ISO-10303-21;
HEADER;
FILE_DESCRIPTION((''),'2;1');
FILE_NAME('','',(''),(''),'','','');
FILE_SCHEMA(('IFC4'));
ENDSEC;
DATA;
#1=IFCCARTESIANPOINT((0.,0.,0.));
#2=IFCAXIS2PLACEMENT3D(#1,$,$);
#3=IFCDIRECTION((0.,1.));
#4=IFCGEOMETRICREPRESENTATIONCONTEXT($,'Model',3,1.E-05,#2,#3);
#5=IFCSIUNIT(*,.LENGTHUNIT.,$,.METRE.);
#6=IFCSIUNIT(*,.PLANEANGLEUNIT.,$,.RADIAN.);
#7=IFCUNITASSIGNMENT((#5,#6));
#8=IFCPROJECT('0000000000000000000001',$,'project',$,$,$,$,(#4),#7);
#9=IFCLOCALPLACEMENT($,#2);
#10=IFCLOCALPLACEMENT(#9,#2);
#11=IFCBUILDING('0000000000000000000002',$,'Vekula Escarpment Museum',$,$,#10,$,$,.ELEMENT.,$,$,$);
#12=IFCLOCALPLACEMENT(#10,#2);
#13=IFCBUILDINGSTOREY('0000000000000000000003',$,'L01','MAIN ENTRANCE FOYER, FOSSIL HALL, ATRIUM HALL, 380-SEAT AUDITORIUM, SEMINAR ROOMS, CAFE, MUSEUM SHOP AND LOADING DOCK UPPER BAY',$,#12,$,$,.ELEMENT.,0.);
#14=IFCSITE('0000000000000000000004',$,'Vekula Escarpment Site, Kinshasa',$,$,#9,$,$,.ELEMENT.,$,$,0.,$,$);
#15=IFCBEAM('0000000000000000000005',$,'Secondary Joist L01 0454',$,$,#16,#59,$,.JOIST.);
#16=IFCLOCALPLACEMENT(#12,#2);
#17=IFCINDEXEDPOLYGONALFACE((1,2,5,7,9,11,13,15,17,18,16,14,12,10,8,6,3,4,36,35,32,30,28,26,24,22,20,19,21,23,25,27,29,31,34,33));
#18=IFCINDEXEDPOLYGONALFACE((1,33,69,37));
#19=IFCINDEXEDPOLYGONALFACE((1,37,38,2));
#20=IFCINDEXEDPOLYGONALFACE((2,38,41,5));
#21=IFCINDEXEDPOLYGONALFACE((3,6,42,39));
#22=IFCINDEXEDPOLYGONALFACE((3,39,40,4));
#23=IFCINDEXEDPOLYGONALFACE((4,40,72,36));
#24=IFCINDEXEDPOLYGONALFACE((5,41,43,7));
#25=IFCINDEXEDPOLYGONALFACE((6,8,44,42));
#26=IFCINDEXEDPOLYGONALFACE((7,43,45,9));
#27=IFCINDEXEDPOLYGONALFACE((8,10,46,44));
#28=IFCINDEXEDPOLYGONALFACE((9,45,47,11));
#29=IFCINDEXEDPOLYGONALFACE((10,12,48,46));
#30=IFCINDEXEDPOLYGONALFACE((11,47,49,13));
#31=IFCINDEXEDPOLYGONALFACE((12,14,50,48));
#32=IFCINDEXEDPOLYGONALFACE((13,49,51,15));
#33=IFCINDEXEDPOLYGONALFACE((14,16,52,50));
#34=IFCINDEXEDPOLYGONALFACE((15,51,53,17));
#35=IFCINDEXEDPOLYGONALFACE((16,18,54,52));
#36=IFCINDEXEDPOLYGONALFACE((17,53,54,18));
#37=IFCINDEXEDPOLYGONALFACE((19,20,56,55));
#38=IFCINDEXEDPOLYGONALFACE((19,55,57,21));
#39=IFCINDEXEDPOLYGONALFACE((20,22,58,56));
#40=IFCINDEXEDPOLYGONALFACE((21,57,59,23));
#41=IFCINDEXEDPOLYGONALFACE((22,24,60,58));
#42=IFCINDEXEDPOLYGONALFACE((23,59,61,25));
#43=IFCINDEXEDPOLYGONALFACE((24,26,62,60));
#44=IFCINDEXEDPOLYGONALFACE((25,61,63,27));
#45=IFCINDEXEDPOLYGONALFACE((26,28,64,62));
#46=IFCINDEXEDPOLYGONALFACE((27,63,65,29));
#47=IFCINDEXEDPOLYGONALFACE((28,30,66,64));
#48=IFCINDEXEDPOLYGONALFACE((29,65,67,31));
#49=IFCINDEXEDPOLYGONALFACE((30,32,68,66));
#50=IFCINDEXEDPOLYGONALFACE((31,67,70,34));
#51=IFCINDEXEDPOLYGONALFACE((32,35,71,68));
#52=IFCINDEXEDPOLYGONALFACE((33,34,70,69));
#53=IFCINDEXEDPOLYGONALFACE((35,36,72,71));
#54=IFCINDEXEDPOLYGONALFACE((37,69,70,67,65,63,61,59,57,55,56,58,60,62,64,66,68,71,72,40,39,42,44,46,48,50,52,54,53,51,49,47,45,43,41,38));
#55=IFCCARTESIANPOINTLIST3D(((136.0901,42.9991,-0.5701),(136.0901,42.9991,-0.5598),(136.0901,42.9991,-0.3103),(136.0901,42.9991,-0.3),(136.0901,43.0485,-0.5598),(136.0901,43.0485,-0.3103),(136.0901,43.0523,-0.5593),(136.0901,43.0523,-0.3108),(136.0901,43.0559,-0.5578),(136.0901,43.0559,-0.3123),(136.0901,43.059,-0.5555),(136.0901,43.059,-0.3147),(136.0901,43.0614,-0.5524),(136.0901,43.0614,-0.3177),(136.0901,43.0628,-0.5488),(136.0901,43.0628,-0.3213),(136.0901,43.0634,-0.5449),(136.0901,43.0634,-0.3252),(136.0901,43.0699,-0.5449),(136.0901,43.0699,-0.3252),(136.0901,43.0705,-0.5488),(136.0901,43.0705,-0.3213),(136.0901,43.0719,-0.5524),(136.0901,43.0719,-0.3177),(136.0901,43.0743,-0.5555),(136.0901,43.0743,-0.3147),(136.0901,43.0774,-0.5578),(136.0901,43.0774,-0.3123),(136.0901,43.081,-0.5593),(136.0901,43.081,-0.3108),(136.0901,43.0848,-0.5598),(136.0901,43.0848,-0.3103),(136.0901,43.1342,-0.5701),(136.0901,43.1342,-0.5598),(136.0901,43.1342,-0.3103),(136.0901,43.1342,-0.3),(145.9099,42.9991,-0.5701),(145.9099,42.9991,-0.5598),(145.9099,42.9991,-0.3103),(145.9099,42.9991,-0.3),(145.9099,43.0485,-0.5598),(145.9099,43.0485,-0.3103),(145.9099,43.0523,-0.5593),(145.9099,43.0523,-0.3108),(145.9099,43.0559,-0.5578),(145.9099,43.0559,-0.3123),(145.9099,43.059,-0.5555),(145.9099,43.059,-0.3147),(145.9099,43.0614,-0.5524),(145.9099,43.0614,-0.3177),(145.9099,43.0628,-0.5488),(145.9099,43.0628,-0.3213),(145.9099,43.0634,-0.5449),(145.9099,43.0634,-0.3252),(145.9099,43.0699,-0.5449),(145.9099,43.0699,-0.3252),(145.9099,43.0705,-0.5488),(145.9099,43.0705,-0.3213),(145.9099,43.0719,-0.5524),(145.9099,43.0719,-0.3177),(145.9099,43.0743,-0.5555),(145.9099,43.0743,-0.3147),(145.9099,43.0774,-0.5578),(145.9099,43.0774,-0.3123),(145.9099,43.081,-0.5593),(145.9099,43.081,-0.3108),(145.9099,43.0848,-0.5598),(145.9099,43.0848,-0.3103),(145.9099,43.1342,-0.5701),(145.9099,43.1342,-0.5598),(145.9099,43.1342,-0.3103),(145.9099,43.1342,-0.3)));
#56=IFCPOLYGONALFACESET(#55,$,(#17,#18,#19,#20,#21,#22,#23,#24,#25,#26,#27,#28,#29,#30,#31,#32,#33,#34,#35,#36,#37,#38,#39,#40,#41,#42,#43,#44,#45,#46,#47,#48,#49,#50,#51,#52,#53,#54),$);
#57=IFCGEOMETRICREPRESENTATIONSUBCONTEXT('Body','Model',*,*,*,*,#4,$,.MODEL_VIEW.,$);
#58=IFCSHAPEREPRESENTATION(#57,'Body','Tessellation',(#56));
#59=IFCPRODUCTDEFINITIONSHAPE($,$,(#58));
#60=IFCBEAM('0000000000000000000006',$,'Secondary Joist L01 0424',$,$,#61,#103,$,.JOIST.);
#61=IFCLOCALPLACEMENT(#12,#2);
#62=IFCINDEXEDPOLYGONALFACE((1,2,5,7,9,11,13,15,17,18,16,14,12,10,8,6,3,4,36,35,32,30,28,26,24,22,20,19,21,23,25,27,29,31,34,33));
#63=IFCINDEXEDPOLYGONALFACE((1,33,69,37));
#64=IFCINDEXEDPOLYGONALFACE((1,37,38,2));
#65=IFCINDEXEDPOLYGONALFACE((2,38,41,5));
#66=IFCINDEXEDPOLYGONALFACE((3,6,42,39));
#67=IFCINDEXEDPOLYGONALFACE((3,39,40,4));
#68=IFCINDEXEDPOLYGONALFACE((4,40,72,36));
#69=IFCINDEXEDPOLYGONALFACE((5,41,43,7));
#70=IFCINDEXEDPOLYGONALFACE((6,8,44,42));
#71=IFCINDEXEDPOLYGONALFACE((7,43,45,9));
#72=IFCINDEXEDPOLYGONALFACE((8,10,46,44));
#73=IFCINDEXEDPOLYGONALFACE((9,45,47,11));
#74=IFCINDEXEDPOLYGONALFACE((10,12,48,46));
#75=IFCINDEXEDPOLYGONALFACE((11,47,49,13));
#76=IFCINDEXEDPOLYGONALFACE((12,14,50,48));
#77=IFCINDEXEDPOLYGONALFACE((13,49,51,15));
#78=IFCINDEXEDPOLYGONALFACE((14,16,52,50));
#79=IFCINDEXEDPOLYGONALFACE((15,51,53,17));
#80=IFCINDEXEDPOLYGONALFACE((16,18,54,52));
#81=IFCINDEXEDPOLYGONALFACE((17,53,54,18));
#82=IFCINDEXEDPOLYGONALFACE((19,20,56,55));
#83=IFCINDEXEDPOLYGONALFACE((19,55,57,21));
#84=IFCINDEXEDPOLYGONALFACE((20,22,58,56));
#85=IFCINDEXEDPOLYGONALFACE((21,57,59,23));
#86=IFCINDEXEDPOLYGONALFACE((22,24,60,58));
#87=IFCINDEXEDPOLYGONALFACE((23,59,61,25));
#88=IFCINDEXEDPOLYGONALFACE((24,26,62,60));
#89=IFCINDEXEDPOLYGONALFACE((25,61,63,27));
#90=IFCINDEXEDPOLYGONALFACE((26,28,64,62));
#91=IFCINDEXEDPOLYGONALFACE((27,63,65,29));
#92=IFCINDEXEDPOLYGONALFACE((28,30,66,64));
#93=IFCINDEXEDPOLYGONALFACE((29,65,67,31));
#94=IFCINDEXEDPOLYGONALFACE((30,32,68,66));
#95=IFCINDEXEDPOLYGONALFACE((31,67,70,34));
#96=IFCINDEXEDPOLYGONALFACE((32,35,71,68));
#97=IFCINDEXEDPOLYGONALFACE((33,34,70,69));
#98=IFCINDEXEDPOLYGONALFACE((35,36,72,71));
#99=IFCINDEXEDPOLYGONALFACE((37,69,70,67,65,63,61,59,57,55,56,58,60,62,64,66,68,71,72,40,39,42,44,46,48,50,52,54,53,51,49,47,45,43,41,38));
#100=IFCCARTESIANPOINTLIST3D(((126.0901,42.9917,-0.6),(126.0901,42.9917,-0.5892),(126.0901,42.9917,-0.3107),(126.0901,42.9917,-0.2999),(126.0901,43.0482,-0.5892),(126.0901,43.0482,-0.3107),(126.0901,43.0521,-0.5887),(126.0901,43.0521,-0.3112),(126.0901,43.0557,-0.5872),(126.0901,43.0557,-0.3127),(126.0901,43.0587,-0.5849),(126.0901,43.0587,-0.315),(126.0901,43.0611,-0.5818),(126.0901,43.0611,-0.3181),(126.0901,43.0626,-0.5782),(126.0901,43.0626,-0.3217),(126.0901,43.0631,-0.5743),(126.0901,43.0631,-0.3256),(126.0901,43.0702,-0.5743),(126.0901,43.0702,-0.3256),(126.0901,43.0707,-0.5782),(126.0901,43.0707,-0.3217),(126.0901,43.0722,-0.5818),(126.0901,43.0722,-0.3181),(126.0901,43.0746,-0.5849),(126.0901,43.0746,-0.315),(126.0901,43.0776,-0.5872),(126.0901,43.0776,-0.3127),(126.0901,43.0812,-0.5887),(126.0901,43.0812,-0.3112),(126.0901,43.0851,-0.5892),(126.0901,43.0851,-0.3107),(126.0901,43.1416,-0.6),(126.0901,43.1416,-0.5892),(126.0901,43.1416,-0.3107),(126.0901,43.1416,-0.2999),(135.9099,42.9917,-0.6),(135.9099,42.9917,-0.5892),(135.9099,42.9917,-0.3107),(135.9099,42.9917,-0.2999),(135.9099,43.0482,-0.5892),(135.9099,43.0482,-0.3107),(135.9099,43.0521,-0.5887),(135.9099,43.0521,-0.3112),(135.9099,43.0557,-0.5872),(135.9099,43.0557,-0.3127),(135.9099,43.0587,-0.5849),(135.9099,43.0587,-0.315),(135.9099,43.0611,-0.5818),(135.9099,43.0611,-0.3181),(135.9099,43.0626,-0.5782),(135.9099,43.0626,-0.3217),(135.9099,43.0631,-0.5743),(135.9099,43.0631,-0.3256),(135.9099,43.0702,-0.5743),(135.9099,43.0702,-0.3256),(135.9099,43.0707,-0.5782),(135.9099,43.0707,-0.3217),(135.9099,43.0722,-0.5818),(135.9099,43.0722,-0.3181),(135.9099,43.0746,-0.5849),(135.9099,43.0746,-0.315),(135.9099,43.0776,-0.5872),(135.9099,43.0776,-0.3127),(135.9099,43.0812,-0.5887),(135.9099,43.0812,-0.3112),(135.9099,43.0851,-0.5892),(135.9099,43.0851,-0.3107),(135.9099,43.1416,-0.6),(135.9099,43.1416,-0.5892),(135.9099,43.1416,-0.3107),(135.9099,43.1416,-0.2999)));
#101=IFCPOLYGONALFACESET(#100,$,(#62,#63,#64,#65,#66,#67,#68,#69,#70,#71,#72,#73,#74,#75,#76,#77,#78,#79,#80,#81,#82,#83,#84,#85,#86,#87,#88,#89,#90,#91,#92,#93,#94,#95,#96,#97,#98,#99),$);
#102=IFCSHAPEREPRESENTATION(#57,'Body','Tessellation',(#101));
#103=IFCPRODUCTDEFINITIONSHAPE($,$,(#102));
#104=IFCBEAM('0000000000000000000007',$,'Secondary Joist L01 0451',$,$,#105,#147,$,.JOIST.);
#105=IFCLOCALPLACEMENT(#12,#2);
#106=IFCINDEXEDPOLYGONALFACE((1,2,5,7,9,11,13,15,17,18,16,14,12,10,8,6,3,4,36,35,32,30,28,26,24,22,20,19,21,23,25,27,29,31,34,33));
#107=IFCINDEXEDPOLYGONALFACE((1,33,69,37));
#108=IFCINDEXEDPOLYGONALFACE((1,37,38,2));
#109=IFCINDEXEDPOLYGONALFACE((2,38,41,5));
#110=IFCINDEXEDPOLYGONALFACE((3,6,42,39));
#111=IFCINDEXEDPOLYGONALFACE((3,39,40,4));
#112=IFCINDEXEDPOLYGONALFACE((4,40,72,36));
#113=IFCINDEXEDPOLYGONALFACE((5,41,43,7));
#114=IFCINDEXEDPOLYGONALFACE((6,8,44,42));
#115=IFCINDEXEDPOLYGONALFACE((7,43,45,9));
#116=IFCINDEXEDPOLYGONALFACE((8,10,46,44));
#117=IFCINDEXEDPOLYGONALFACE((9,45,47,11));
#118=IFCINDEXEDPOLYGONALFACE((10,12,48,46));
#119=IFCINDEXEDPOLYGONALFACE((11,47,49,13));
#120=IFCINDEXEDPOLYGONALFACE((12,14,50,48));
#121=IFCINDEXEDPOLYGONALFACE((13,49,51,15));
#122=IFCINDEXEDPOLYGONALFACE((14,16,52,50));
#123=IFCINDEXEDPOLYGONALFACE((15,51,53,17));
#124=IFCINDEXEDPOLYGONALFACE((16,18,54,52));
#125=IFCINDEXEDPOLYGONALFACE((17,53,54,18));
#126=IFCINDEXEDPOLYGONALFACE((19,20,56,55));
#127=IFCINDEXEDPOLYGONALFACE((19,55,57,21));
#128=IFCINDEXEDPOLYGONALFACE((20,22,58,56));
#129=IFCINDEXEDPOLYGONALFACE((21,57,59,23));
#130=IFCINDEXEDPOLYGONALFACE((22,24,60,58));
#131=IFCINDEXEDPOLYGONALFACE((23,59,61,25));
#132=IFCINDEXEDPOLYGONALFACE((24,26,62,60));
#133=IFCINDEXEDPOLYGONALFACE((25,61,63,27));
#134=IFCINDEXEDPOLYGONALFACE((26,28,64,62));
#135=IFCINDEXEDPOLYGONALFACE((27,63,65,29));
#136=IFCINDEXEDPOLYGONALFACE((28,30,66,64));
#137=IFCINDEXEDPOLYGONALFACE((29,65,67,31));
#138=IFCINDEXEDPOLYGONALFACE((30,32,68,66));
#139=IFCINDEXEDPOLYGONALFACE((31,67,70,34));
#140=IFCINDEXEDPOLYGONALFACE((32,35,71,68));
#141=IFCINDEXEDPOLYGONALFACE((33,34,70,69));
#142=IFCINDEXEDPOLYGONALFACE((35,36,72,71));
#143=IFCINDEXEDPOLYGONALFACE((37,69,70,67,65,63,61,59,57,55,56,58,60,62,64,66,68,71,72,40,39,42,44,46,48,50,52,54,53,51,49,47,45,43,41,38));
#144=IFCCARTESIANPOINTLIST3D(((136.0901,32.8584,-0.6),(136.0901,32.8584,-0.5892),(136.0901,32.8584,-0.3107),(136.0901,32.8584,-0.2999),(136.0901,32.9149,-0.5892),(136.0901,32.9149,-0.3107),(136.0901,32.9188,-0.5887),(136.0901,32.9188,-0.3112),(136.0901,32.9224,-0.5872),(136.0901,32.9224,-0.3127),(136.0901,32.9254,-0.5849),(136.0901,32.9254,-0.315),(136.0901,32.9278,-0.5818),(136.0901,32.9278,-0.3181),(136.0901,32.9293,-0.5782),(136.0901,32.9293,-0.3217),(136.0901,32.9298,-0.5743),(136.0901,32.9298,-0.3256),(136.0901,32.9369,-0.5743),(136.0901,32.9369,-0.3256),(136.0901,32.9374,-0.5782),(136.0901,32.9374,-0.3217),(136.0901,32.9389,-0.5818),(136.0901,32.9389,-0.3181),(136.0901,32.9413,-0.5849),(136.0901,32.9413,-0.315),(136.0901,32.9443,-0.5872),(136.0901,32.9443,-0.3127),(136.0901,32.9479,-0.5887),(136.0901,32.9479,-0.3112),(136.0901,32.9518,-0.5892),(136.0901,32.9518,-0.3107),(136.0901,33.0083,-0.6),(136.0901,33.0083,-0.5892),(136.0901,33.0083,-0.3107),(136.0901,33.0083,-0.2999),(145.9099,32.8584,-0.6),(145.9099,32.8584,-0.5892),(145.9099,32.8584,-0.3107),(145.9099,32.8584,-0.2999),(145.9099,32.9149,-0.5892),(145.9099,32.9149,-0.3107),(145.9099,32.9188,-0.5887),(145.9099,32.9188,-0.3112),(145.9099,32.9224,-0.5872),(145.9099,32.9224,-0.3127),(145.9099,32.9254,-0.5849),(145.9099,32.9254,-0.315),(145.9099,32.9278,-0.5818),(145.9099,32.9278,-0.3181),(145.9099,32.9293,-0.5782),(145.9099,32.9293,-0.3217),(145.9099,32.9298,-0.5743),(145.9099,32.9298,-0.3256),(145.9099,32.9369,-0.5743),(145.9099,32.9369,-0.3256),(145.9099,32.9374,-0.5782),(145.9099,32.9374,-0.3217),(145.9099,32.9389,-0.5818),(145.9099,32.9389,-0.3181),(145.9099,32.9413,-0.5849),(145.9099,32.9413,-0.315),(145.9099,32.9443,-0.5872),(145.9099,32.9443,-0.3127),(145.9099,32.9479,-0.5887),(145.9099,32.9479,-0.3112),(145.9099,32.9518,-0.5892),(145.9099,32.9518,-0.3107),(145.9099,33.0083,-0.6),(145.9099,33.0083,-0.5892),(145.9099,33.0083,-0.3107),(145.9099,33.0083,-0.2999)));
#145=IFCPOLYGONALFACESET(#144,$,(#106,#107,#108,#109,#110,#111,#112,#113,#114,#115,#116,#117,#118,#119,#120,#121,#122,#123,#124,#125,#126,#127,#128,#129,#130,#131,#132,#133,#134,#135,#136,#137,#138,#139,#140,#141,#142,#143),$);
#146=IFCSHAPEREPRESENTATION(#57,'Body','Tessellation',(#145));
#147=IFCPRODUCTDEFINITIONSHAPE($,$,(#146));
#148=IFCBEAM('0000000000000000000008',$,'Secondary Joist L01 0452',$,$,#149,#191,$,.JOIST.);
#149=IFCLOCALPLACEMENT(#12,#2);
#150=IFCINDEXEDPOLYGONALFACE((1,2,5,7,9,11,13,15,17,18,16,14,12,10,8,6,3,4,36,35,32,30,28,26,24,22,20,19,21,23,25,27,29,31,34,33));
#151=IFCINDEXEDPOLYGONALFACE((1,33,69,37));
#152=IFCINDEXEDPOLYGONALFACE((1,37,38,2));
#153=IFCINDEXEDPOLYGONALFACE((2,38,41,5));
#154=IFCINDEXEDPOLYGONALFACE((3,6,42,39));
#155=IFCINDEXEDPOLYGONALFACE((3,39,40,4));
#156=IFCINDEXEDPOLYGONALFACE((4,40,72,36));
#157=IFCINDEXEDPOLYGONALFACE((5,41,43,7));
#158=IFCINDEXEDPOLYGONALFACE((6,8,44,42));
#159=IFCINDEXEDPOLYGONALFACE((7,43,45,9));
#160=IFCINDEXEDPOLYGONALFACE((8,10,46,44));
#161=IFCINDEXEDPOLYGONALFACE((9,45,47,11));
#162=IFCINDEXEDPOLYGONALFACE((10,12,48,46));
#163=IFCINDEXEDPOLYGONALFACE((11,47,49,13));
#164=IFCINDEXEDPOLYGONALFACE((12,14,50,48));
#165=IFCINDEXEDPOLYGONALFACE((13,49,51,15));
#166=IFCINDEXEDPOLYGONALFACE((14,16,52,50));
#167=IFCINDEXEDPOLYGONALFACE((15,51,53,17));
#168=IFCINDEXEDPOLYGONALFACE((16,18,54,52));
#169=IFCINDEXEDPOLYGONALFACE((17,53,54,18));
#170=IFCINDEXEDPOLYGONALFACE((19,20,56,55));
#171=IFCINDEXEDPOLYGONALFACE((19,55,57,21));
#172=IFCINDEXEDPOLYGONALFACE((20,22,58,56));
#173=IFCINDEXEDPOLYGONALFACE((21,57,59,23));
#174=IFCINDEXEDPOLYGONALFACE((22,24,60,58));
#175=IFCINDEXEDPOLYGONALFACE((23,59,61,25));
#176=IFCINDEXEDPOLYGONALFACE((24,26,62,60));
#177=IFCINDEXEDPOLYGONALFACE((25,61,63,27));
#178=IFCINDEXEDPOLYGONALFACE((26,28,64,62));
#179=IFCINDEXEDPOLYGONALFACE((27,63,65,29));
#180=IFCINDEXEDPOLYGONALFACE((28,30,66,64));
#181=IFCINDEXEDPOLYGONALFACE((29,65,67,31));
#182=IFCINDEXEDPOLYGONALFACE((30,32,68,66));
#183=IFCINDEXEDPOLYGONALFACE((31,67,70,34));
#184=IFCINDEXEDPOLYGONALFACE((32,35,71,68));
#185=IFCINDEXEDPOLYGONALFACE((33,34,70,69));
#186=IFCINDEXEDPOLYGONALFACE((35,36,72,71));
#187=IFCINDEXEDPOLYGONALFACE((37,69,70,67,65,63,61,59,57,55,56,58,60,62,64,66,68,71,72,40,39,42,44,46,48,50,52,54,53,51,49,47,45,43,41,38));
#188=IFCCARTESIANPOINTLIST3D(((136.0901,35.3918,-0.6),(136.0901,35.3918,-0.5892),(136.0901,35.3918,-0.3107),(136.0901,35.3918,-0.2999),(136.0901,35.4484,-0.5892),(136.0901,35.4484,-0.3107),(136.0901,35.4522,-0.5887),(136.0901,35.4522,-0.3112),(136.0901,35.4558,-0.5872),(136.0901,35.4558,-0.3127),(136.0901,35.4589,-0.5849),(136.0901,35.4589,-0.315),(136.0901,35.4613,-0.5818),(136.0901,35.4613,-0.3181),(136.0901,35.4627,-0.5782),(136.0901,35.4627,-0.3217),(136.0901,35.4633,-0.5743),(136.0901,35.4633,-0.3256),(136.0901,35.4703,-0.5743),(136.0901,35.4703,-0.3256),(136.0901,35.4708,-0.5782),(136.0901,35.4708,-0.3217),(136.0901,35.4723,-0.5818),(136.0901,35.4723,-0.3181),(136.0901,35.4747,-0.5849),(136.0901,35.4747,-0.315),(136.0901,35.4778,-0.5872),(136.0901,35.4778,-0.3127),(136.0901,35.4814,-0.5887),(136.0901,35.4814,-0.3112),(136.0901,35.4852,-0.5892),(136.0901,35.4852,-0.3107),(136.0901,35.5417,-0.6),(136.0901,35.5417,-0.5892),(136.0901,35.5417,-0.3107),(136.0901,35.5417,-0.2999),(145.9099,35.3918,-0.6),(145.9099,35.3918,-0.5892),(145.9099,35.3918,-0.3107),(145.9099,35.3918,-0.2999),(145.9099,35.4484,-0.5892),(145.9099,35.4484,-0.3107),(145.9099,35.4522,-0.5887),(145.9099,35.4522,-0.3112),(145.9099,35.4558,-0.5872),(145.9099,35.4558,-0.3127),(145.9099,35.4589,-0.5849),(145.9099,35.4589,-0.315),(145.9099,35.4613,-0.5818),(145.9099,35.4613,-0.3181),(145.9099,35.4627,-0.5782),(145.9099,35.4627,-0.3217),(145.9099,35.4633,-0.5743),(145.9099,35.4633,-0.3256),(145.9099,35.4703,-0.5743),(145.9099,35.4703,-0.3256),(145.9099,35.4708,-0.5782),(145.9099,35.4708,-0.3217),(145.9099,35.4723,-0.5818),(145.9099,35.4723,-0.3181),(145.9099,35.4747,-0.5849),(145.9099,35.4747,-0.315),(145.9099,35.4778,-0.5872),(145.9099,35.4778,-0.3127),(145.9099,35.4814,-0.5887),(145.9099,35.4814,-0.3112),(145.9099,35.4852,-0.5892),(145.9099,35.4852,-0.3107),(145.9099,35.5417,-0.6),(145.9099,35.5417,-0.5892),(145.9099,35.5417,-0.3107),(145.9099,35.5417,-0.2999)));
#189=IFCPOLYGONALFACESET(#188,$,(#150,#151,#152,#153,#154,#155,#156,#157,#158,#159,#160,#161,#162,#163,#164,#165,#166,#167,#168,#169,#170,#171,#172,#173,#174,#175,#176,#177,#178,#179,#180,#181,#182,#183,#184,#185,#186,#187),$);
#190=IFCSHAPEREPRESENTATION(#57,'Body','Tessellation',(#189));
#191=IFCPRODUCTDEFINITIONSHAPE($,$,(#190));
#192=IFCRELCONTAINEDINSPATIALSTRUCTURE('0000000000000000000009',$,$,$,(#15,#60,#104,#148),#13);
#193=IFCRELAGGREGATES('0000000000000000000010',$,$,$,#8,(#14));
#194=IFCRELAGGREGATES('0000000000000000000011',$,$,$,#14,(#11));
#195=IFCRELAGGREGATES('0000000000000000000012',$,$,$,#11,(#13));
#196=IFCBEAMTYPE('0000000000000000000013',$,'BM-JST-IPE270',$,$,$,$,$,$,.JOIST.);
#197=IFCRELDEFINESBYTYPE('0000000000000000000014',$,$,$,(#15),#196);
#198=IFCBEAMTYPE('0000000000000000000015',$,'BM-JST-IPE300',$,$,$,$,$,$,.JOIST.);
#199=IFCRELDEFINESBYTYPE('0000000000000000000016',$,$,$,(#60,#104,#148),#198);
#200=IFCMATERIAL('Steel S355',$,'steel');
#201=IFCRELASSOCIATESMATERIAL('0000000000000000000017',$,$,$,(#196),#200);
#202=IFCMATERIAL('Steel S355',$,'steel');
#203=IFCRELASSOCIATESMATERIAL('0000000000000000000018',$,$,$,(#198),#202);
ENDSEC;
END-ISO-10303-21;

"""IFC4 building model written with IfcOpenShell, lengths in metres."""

from ifc_helpers import new_model, si_unit, direction, frame, origin, origin_2d, place, context, subcontext, project, spatial, i_section, extrude, material, material_profile, profile_set, type_object, element, save


model = new_model("IFC4")

# Units and contexts
model_context = context("Model", 3, precision=1e-05, world=origin(), true_north=direction((0.0, 1.0)))
body_context = subcontext(model_context, "Body", "Model", "MODEL_VIEW")
ifc_project = project(units=[si_unit("LENGTHUNIT", "METRE"), si_unit("PLANEANGLEUNIT", "RADIAN")], contexts=[model_context])

# Site, building, storey
site_placement = place(None, origin())
site = spatial("IfcSite", under=ifc_project, at=site_placement, Name="Vekula Escarpment Site, Kinshasa", CompositionType="ELEMENT", RefElevation=0.0)
building_placement = place(site_placement, origin())
building = spatial("IfcBuilding", under=site, at=building_placement, Name="Vekula Escarpment Museum", CompositionType="ELEMENT")
storey_placement = place(building_placement, origin())
storey = spatial("IfcBuildingStorey", under=building, at=storey_placement, Name="L01", Description="MAIN ENTRANCE FOYER, FOSSIL HALL, ATRIUM HALL, 380-SEAT AUDITORIUM, SEMINAR ROOMS, CAFE, MUSEUM SHOP AND LOADING DOCK UPPER BAY", CompositionType="ELEMENT", Elevation=0.0)

# Beams
ifc_material_1 = material(Name="Steel S355", Category="steel")
ifc_material_profile_1 = material_profile(ifc_material_1, i_section(OverallWidth=0.135, OverallDepth=0.27, WebThickness=0.0066, FlangeThickness=0.0103, FilletRadius=0.0149, at=origin_2d()), Name="IPE 270")
ifc_profile_set_1 = profile_set([ifc_material_profile_1], Name="Steel S355")
beam_type_1 = type_object("IfcBeamType", Name="BM-JST-IPE270", PredefinedType="JOIST", material=ifc_profile_set_1)
for number, where, z_axis, x_axis, name in (
    (1, (136.0901, 43.0667, -0.4351), (1.0, 0.0, 0.0), (0.0, 1.0, 0.0), "Secondary Joist L01 0454"),
):
    element("IfcBeam", number, at=place(storey_placement, frame(where, z_axis=z_axis, x_axis=x_axis)), inside=storey, type_object=beam_type_1, Name=name, PredefinedType="JOIST", context=body_context, shape_type="SweptSolid", body=[
        extrude(i_section(OverallWidth=0.135, OverallDepth=0.27, WebThickness=0.0066, FlangeThickness=0.0103, FilletRadius=0.0149, at=origin_2d()), origin(), (0.0, 0.0, 1.0), 9.8198),
    ])
ifc_material_2 = material(Name="Steel S355", Category="steel")
ifc_material_profile_2 = material_profile(ifc_material_2, i_section(OverallWidth=0.1499, OverallDepth=0.3, WebThickness=0.0071, FlangeThickness=0.0107, FilletRadius=0.0149, at=origin_2d()), Name="IPE 300")
ifc_profile_set_2 = profile_set([ifc_material_profile_2], Name="Steel S355")
beam_type_2 = type_object("IfcBeamType", Name="BM-JST-IPE300", PredefinedType="JOIST", material=ifc_profile_set_2)
for number, where, z_axis, x_axis, name in (
    (2, (126.0901, 43.0667, -0.45), (1.0, 0.0, 0.0), (0.0, 1.0, 0.0), "Secondary Joist L01 0424"),
    (3, (136.0901, 32.9333, -0.45), (1.0, 0.0, 0.0), (0.0, 1.0, 0.0), "Secondary Joist L01 0451"),
    (4, (136.0901, 35.4668, -0.45), (1.0, 0.0, 0.0), (0.0, 1.0, 0.0), "Secondary Joist L01 0452"),
):
    element("IfcBeam", number, at=place(storey_placement, frame(where, z_axis=z_axis, x_axis=x_axis)), inside=storey, type_object=beam_type_2, Name=name, PredefinedType="JOIST", context=body_context, shape_type="SweptSolid", body=[
        extrude(i_section(OverallWidth=0.1499, OverallDepth=0.3, WebThickness=0.0071, FlangeThickness=0.0107, FilletRadius=0.0149, at=origin_2d()), origin(), (0.0, 0.0, 1.0), 9.8198),
    ])

save(model, "model.ifc")
